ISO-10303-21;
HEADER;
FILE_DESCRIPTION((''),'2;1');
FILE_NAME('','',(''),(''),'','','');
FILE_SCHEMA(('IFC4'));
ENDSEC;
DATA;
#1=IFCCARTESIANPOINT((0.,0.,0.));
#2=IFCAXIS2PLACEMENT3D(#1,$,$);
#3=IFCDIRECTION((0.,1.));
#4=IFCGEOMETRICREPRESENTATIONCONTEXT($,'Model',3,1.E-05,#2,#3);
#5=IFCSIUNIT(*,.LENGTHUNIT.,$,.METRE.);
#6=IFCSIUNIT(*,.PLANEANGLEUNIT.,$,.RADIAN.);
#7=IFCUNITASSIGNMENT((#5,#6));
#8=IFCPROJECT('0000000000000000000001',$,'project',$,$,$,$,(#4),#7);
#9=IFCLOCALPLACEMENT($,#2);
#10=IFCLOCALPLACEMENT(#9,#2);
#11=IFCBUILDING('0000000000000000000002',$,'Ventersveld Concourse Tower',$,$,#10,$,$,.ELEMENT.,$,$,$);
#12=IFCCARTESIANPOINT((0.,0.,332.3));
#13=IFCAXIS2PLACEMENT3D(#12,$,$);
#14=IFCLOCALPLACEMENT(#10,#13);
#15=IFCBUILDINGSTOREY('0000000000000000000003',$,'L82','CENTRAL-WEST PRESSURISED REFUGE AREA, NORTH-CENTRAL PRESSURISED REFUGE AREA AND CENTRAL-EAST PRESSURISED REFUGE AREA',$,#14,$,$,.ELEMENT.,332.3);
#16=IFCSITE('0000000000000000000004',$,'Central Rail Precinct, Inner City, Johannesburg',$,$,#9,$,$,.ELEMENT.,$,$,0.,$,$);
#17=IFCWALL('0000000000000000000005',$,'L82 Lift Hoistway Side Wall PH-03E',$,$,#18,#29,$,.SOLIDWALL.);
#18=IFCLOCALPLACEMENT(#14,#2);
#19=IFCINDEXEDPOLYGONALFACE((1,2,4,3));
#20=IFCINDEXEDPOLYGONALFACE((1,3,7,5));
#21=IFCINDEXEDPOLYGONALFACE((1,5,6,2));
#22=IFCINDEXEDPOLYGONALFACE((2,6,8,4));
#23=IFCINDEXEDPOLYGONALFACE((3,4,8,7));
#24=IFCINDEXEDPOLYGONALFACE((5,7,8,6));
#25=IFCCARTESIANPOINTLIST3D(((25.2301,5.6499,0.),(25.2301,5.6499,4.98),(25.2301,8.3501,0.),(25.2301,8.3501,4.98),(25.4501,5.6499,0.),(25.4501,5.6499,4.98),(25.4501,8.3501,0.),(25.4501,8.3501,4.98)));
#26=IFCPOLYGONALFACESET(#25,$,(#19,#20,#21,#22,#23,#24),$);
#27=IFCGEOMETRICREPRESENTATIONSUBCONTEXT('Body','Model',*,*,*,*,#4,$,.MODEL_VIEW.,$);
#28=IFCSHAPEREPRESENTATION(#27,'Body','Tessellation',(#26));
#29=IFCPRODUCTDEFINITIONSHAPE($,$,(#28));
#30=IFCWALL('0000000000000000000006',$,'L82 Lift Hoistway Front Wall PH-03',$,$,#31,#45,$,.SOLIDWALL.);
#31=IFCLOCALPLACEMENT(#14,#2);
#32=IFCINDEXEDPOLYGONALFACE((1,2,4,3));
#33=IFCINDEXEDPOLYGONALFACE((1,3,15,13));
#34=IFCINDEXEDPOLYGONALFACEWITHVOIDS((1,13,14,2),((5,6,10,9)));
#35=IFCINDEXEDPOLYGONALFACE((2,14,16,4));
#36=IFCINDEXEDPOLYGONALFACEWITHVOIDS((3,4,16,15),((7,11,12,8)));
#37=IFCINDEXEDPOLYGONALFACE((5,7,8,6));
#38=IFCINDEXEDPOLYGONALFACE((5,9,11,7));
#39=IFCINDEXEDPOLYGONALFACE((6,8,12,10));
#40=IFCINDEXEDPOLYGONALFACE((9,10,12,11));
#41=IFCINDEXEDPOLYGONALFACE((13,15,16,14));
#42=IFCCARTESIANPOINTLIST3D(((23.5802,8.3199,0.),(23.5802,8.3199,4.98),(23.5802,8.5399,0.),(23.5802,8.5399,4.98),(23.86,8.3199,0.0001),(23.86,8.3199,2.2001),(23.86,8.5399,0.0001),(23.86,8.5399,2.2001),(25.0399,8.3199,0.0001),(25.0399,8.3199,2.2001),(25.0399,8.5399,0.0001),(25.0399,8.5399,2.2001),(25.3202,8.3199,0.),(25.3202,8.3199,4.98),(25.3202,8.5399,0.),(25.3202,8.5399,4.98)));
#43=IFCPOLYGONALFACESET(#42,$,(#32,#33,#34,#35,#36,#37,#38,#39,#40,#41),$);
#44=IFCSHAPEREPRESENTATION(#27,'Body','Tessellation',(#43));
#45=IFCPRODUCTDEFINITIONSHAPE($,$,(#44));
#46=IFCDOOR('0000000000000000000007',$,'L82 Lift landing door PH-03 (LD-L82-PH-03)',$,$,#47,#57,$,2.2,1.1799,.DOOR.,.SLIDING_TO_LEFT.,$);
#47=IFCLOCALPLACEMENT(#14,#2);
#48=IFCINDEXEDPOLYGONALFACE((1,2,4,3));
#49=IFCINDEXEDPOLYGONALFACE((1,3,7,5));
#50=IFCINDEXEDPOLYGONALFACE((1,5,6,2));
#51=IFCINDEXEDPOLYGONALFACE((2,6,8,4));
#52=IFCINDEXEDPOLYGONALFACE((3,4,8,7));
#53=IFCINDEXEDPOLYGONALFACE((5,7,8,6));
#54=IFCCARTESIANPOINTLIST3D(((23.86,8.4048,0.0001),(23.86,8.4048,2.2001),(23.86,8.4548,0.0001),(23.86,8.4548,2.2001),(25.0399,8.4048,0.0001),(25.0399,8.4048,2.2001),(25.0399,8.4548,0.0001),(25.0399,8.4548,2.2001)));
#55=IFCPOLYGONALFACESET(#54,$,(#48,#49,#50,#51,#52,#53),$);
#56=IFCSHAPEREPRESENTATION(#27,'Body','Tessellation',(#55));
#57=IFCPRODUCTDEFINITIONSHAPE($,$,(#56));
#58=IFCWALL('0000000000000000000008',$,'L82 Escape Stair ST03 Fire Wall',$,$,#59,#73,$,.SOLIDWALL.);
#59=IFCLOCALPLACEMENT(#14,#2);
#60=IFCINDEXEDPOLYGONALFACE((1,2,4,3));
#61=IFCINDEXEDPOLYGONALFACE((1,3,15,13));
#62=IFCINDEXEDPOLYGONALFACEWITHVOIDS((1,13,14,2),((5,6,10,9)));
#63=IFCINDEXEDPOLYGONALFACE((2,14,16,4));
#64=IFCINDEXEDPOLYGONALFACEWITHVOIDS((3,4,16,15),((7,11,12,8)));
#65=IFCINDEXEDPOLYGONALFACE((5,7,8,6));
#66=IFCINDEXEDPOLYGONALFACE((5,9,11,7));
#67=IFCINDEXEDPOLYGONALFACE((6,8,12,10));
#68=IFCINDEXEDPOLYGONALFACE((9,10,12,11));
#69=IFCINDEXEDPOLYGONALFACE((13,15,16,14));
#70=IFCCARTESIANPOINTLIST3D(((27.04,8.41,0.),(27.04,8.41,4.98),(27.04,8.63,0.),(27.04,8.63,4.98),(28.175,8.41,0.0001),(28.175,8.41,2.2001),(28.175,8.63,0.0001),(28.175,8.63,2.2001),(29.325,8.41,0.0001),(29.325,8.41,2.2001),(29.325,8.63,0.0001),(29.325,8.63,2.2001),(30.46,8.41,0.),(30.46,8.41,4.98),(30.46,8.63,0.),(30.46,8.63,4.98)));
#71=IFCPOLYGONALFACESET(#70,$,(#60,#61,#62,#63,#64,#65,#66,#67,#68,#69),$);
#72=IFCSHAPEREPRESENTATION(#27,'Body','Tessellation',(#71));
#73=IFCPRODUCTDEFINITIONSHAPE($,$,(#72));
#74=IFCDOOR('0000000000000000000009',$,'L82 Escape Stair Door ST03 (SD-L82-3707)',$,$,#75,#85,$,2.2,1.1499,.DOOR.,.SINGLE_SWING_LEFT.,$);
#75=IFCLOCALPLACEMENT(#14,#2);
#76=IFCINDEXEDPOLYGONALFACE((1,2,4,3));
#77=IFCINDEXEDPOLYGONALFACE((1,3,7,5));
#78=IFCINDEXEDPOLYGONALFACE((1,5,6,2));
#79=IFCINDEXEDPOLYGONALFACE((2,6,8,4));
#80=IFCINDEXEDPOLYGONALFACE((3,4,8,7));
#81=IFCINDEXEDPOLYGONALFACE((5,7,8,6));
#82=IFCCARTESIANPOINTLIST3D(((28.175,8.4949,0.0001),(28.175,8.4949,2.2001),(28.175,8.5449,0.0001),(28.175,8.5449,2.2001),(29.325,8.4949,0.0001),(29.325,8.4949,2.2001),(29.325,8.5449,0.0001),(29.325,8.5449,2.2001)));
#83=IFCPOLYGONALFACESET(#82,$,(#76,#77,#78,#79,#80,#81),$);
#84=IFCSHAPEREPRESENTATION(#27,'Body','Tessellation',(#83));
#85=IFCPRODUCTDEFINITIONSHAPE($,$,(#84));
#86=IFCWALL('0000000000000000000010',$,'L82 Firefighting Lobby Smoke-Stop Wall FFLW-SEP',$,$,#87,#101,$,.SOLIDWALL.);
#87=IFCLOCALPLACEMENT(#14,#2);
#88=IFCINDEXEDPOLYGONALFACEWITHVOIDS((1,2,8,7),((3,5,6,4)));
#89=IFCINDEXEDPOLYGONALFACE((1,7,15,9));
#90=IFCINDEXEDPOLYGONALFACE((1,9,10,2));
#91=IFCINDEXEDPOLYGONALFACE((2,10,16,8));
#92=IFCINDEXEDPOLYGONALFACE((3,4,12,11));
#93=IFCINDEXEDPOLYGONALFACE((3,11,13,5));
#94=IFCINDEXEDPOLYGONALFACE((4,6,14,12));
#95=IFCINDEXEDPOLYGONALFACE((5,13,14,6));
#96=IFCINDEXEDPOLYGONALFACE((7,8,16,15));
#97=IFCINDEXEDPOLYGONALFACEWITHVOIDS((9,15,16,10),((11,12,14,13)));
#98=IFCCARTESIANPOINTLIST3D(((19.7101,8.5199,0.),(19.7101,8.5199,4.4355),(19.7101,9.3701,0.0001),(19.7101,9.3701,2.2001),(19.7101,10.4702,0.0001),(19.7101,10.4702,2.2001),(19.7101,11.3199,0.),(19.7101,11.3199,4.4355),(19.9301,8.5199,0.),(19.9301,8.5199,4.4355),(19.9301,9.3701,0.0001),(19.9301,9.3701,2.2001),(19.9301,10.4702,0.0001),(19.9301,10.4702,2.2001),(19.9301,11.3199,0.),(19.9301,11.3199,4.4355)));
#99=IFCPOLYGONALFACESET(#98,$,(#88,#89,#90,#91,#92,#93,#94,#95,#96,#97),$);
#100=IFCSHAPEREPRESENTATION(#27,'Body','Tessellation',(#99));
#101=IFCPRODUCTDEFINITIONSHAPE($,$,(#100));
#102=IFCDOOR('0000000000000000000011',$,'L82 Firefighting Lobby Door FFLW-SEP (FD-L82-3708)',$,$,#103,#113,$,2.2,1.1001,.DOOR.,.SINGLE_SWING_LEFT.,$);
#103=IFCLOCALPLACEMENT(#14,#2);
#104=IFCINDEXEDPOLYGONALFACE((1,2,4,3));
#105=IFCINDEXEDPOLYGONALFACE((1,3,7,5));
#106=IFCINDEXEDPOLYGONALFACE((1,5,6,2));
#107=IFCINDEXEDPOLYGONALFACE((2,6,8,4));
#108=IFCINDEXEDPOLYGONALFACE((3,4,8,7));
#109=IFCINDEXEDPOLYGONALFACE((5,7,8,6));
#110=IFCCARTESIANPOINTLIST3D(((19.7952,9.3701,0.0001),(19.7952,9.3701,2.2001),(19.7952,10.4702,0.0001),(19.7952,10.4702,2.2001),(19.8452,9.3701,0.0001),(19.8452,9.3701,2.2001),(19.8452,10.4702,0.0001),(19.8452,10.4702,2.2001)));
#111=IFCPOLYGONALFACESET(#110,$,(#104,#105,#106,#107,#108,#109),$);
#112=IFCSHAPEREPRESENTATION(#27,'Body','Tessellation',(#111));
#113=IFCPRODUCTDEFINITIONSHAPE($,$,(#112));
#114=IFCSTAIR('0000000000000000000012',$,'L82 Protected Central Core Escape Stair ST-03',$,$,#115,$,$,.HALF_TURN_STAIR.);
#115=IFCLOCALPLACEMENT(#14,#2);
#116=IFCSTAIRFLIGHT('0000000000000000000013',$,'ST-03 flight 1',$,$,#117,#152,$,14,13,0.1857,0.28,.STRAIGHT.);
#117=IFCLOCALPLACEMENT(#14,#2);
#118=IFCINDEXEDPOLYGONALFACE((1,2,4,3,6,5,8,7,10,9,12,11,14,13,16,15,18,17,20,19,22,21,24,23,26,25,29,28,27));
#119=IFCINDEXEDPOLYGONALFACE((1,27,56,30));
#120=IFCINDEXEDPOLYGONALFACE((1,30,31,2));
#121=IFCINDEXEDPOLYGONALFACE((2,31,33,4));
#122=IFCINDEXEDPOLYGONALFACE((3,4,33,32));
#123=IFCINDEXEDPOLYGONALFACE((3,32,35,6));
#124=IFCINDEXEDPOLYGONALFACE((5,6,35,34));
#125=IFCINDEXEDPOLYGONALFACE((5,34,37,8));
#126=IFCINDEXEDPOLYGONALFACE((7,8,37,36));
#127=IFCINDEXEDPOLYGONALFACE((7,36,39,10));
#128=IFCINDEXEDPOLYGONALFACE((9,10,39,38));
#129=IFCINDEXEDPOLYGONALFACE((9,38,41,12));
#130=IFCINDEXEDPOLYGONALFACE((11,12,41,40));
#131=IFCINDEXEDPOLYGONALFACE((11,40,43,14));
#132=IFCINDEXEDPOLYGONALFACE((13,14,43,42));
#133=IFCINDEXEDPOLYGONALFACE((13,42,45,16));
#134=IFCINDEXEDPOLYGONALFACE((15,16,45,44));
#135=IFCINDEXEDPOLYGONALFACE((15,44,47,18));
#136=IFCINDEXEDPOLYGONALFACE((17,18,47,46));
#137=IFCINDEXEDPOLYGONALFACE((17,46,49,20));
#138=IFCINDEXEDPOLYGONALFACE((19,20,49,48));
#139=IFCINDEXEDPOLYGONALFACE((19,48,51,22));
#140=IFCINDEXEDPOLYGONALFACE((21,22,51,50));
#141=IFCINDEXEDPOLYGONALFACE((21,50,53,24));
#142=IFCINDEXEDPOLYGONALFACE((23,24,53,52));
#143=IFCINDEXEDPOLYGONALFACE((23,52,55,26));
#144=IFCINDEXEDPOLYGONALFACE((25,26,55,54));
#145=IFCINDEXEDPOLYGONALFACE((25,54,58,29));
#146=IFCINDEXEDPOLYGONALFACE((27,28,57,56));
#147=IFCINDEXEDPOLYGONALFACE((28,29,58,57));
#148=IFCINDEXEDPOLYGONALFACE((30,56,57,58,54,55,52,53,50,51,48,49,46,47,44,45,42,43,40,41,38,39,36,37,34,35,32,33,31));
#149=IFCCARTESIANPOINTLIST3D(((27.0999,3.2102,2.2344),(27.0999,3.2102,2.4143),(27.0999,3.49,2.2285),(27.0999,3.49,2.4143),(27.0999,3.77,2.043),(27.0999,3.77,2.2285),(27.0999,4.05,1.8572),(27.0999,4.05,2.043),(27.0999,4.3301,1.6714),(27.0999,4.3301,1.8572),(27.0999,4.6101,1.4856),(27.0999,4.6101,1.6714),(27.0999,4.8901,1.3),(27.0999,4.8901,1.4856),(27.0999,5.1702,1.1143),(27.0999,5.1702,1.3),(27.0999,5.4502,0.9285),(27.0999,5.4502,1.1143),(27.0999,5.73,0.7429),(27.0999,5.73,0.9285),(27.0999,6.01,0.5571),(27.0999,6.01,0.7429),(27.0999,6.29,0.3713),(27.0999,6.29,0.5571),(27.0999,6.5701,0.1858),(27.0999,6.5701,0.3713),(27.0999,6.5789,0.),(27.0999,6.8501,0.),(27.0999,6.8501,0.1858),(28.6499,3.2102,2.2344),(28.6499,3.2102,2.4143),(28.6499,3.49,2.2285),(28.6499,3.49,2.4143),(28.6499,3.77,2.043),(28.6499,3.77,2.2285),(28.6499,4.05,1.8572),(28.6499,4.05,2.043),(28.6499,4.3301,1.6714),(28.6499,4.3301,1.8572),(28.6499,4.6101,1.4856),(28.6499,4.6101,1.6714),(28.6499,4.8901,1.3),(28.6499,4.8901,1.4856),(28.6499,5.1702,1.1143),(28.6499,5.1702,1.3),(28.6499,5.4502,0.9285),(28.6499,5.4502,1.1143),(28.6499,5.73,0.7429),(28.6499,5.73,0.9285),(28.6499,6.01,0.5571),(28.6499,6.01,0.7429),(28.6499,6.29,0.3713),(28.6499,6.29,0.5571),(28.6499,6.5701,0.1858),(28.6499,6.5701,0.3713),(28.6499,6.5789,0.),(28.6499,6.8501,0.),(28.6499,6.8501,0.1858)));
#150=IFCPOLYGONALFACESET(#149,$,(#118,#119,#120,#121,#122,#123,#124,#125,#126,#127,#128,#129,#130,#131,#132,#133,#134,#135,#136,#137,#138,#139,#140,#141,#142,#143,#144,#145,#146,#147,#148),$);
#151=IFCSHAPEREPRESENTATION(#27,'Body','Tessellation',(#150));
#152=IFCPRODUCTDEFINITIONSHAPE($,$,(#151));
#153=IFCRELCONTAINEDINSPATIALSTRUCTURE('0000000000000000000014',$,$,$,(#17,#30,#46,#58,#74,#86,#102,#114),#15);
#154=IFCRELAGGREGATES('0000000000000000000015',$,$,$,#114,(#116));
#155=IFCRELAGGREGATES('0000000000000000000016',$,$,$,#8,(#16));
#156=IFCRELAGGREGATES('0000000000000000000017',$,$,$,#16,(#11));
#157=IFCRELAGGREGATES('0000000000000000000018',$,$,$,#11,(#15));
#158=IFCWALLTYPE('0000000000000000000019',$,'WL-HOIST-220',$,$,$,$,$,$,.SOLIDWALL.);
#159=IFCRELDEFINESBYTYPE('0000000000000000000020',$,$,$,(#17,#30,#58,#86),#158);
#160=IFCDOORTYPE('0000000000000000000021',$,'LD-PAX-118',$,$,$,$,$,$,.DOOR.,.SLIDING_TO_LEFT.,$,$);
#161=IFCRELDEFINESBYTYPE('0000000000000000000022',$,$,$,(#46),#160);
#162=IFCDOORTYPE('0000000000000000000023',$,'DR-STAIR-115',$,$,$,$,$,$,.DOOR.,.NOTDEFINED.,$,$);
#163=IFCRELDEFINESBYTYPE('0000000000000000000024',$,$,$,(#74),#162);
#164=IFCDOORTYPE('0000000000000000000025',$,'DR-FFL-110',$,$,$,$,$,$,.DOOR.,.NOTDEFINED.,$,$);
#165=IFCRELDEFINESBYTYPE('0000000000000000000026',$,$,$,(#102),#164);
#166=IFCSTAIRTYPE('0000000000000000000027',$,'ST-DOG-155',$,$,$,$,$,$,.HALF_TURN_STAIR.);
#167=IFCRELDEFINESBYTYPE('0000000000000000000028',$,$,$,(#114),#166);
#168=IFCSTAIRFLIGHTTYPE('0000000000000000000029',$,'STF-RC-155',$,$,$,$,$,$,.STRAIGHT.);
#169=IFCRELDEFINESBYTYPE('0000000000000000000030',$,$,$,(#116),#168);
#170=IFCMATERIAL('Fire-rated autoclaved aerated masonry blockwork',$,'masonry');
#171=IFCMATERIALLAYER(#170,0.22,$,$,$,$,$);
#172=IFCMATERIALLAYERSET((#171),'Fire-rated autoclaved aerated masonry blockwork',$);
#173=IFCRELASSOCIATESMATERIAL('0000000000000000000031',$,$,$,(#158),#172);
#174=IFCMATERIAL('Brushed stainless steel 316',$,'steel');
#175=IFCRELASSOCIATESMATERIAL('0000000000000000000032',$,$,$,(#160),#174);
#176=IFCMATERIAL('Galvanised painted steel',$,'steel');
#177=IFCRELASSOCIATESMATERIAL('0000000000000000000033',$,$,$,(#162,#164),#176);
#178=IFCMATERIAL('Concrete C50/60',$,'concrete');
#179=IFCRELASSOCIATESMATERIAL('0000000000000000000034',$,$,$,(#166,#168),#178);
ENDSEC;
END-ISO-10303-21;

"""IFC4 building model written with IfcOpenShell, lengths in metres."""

from ifc_helpers import new_model, si_unit, direction, frame, frame_2d, origin, place, context, subcontext, project, spatial, polyline, rectangle, outline, extrude, material, layer, layer_set, type_object, element, fill, aggregate, save


model = new_model("IFC4")

# Units and contexts
model_context = context("Model", 3, precision=1e-05, world=origin(), true_north=direction((0.0, 1.0)))
body_context = subcontext(model_context, "Body", "Model", "MODEL_VIEW")
ifc_project = project(units=[si_unit("LENGTHUNIT", "METRE"), si_unit("PLANEANGLEUNIT", "RADIAN")], contexts=[model_context])

# Site, building, storey
site_placement = place(None, origin())
site = spatial("IfcSite", under=ifc_project, at=site_placement, Name="Central Rail Precinct, Inner City, Johannesburg", CompositionType="ELEMENT", RefElevation=0.0)
building_placement = place(site_placement, origin())
building = spatial("IfcBuilding", under=site, at=building_placement, Name="Ventersveld Concourse Tower", CompositionType="ELEMENT")
storey_placement = place(building_placement, frame((0.0, 0.0, 332.3)))
storey = spatial("IfcBuildingStorey", under=building, at=storey_placement, Name="L82", Description="CENTRAL-WEST PRESSURISED REFUGE AREA, NORTH-CENTRAL PRESSURISED REFUGE AREA AND CENTRAL-EAST PRESSURISED REFUGE AREA", CompositionType="ELEMENT", Elevation=332.3)

# Shared definitions
ifc_material_1 = material(Name="Concrete C50/60", Category="concrete")

# Shared definitions
ifc_material_2 = material(Name="Fire-rated autoclaved aerated masonry blockwork", Category="masonry")
ifc_material_3 = material(Name="Galvanised painted steel", Category="steel")

# Shared definitions
ifc_layer_1 = layer(ifc_material_2, 0.22)
ifc_layer_set_1 = layer_set([ifc_layer_1], Name="Fire-rated autoclaved aerated masonry blockwork")
wall_type_1 = type_object("IfcWallType", Name="WL-HOIST-220", PredefinedType="SOLIDWALL", material=ifc_layer_set_1)

# Shared definitions
ifc_material_4 = material(Name="Brushed stainless steel 316", Category="steel")
door_type_1 = type_object("IfcDoorType", Name="LD-PAX-118", OperationType="SLIDING_TO_LEFT", PredefinedType="DOOR", material=ifc_material_4)

# Wall
wall_1_placement = place(storey_placement, frame((25.3401, 5.6499, 0.0), z_axis=(0.0, 0.0, 1.0), x_axis=(0.0, 1.0, 0.0)))
element("IfcWall", 1, at=wall_1_placement, inside=storey, type_object=wall_type_1, Name="L82 Lift Hoistway Side Wall PH-03E", PredefinedType="SOLIDWALL", context=body_context, shape_type="SweptSolid", body=[
    extrude(rectangle(XDim=2.7002, YDim=0.22, at=frame_2d((1.3501, 0.0))), origin(), (0.0, 0.0, 1.0), 4.98),
])

# Walls, openings, doors
wall_2_placement = place(storey_placement, frame((23.5801, 8.4299, 0.0), z_axis=(0.0, 0.0, 1.0), x_axis=(1.0, 0.0, 0.0)))
wall_2 = element("IfcWall", 2, at=wall_2_placement, inside=storey, type_object=wall_type_1, Name="L82 Lift Hoistway Front Wall PH-03", PredefinedType="SOLIDWALL", context=body_context, shape_type="SweptSolid", body=[
    extrude(rectangle(XDim=1.74, YDim=0.22, at=frame_2d((0.8701, 0.0))), origin(), (0.0, 0.0, 1.0), 4.98),
])
opening_1_placement = place(wall_2_placement, frame((0.28, 0.0, 0.0)))
opening_1 = element("IfcOpeningElement", 3, at=opening_1_placement, cuts=wall_2, PredefinedType="OPENING", context=body_context, shape_type="SweptSolid", body=[
    extrude(rectangle(XDim=1.1799, YDim=2.2, at=frame_2d((0.5898, 1.1001))), frame((0.0, 0.1201, 0.0), z_axis=(0.0, -1.0, 0.0), x_axis=(1.0, 0.0, 0.0)), (0.0, 0.0, 1.0), 0.24),
])
door_1_placement = place(opening_1_placement, origin())
door_1 = element("IfcDoor", 4, at=door_1_placement, inside=storey, type_object=door_type_1, Name="L82 Lift landing door PH-03 (LD-L82-PH-03)", OperationType="SLIDING_TO_LEFT", OverallHeight=2.2, OverallWidth=1.1799, PredefinedType="DOOR", context=body_context, shape_type="SweptSolid", body=[
    extrude(rectangle(XDim=1.1799, YDim=2.2, at=frame_2d((0.5898, 1.1001))), frame((0.0, 0.0249, 0.0), z_axis=(0.0, -1.0, 0.0), x_axis=(1.0, 0.0, 0.0)), (0.0, 0.0, 1.0), 0.05),
])
fill(opening_1, door_1)
wall_3_placement = place(storey_placement, frame((27.04, 8.52, 0.0), z_axis=(0.0, 0.0, 1.0), x_axis=(1.0, 0.0, 0.0)))
wall_3 = element("IfcWall", 5, at=wall_3_placement, inside=storey, type_object=wall_type_1, Name="L82 Escape Stair ST03 Fire Wall", PredefinedType="SOLIDWALL", context=body_context, shape_type="SweptSolid", body=[
    extrude(rectangle(XDim=3.4199, YDim=0.22, at=frame_2d((1.71, 0.0))), origin(), (0.0, 0.0, 1.0), 4.98),
])
opening_2_placement = place(wall_3_placement, frame((1.135, 0.0, 0.0)))
opening_2 = element("IfcOpeningElement", 6, at=opening_2_placement, cuts=wall_3, PredefinedType="OPENING", context=body_context, shape_type="SweptSolid", body=[
    extrude(rectangle(XDim=1.1499, YDim=2.2, at=frame_2d((0.575, 1.1001))), frame((0.0, 0.1201, 0.0), z_axis=(0.0, -1.0, 0.0), x_axis=(1.0, 0.0, 0.0)), (0.0, 0.0, 1.0), 0.24),
])
door_type_2 = type_object("IfcDoorType", Name="DR-STAIR-115", OperationType="NOTDEFINED", PredefinedType="DOOR", material=ifc_material_3)
door_2_placement = place(opening_2_placement, origin())
door_2 = element("IfcDoor", 7, at=door_2_placement, inside=storey, type_object=door_type_2, Name="L82 Escape Stair Door ST03 (SD-L82-3707)", OperationType="SINGLE_SWING_LEFT", OverallHeight=2.2, OverallWidth=1.1499, PredefinedType="DOOR", context=body_context, shape_type="SweptSolid", body=[
    extrude(rectangle(XDim=1.1499, YDim=2.2, at=frame_2d((0.575, 1.1001))), frame((0.0, 0.0249, 0.0), z_axis=(0.0, -1.0, 0.0), x_axis=(1.0, 0.0, 0.0)), (0.0, 0.0, 1.0), 0.05),
])
fill(opening_2, door_2)
wall_4_placement = place(storey_placement, frame((19.8201, 8.52, 0.0), z_axis=(0.0, 0.0, 1.0), x_axis=(0.0, 1.0, 0.0)))
wall_4 = element("IfcWall", 8, at=wall_4_placement, inside=storey, type_object=wall_type_1, Name="L82 Firefighting Lobby Smoke-Stop Wall FFLW-SEP", PredefinedType="SOLIDWALL", context=body_context, shape_type="SweptSolid", body=[
    extrude(rectangle(XDim=2.8, YDim=0.22, at=frame_2d((1.3999, 0.0))), origin(), (0.0, 0.0, 1.0), 4.4355),
])
opening_3_placement = place(wall_4_placement, frame((0.8501, 0.0, 0.0)))
opening_3 = element("IfcOpeningElement", 9, at=opening_3_placement, cuts=wall_4, PredefinedType="OPENING", context=body_context, shape_type="SweptSolid", body=[
    extrude(rectangle(XDim=1.1001, YDim=2.2, at=frame_2d((0.55, 1.1001))), frame((0.0, 0.1201, 0.0), z_axis=(0.0, -1.0, 0.0), x_axis=(1.0, 0.0, 0.0)), (0.0, 0.0, 1.0), 0.24),
])
door_type_3 = type_object("IfcDoorType", Name="DR-FFL-110", OperationType="NOTDEFINED", PredefinedType="DOOR", material=ifc_material_3)
door_3_placement = place(opening_3_placement, origin())
door_3 = element("IfcDoor", 10, at=door_3_placement, inside=storey, type_object=door_type_3, Name="L82 Firefighting Lobby Door FFLW-SEP (FD-L82-3708)", OperationType="SINGLE_SWING_LEFT", OverallHeight=2.2, OverallWidth=1.1001, PredefinedType="DOOR", context=body_context, shape_type="SweptSolid", body=[
    extrude(rectangle(XDim=1.1001, YDim=2.2, at=frame_2d((0.55, 1.1001))), frame((0.0, 0.0249, 0.0), z_axis=(0.0, -1.0, 0.0), x_axis=(1.0, 0.0, 0.0)), (0.0, 0.0, 1.0), 0.05),
])
fill(opening_3, door_3)

# Stair, stair flight
stair_type = type_object("IfcStairType", Name="ST-DOG-155", PredefinedType="HALF_TURN_STAIR", material=ifc_material_1)
stair_placement = place(storey_placement, origin())
stair = element("IfcStair", 11, at=stair_placement, inside=storey, type_object=stair_type, Name="L82 Protected Central Core Escape Stair ST-03", PredefinedType="HALF_TURN_STAIR")
stair_flight_type = type_object("IfcStairFlightType", Name="STF-RC-155", PredefinedType="STRAIGHT", material=ifc_material_1)
stair_flight_placement = place(storey_placement, frame((27.875, 6.8501, 0.0), z_axis=(0.0, 0.0, 1.0), x_axis=(0.0, -1.0, 0.0)))
stair_flight = element("IfcStairFlight", 12, at=stair_flight_placement, type_object=stair_flight_type, Name="ST-03 flight 1", NumberOfRisers=14, NumberOfTreads=13, PredefinedType="STRAIGHT", RiserHeight=0.1857, TreadLength=0.28, context=body_context, shape_type="SweptSolid", body=[
    extrude(outline(polyline([(0.0, 0.0), (0.0, 0.1858), (0.28, 0.1858), (0.28, 0.3713), (0.5601, 0.3713), (0.5601, 0.5571), (0.8401, 0.5571), (0.8401, 0.7429), (1.1201, 0.7429), (1.1201, 0.9285), (1.3999, 0.9285), (1.3999, 1.1143), (1.6799, 1.1143), (1.6799, 1.3), (1.96, 1.3), (1.96, 1.4856), (2.24, 1.4856), (2.24, 1.6714), (2.52, 1.6714), (2.52, 1.8572), (2.8, 1.8572), (2.8, 2.043), (3.0801, 2.043), (3.0801, 2.2285), (3.3601, 2.2285), (3.3601, 2.4143), (3.6399, 2.4143), (3.6399, 2.6001), (3.6399, 2.2344), (0.2712, 0.0), (0.0, 0.0)])), frame((0.0, 0.7749, 0.0), z_axis=(0.0, -1.0, 0.0), x_axis=(1.0, 0.0, 0.0)), (0.0, 0.0, 1.0), 1.55),
])
aggregate(stair, [stair_flight])

save(model, "model.ifc")
